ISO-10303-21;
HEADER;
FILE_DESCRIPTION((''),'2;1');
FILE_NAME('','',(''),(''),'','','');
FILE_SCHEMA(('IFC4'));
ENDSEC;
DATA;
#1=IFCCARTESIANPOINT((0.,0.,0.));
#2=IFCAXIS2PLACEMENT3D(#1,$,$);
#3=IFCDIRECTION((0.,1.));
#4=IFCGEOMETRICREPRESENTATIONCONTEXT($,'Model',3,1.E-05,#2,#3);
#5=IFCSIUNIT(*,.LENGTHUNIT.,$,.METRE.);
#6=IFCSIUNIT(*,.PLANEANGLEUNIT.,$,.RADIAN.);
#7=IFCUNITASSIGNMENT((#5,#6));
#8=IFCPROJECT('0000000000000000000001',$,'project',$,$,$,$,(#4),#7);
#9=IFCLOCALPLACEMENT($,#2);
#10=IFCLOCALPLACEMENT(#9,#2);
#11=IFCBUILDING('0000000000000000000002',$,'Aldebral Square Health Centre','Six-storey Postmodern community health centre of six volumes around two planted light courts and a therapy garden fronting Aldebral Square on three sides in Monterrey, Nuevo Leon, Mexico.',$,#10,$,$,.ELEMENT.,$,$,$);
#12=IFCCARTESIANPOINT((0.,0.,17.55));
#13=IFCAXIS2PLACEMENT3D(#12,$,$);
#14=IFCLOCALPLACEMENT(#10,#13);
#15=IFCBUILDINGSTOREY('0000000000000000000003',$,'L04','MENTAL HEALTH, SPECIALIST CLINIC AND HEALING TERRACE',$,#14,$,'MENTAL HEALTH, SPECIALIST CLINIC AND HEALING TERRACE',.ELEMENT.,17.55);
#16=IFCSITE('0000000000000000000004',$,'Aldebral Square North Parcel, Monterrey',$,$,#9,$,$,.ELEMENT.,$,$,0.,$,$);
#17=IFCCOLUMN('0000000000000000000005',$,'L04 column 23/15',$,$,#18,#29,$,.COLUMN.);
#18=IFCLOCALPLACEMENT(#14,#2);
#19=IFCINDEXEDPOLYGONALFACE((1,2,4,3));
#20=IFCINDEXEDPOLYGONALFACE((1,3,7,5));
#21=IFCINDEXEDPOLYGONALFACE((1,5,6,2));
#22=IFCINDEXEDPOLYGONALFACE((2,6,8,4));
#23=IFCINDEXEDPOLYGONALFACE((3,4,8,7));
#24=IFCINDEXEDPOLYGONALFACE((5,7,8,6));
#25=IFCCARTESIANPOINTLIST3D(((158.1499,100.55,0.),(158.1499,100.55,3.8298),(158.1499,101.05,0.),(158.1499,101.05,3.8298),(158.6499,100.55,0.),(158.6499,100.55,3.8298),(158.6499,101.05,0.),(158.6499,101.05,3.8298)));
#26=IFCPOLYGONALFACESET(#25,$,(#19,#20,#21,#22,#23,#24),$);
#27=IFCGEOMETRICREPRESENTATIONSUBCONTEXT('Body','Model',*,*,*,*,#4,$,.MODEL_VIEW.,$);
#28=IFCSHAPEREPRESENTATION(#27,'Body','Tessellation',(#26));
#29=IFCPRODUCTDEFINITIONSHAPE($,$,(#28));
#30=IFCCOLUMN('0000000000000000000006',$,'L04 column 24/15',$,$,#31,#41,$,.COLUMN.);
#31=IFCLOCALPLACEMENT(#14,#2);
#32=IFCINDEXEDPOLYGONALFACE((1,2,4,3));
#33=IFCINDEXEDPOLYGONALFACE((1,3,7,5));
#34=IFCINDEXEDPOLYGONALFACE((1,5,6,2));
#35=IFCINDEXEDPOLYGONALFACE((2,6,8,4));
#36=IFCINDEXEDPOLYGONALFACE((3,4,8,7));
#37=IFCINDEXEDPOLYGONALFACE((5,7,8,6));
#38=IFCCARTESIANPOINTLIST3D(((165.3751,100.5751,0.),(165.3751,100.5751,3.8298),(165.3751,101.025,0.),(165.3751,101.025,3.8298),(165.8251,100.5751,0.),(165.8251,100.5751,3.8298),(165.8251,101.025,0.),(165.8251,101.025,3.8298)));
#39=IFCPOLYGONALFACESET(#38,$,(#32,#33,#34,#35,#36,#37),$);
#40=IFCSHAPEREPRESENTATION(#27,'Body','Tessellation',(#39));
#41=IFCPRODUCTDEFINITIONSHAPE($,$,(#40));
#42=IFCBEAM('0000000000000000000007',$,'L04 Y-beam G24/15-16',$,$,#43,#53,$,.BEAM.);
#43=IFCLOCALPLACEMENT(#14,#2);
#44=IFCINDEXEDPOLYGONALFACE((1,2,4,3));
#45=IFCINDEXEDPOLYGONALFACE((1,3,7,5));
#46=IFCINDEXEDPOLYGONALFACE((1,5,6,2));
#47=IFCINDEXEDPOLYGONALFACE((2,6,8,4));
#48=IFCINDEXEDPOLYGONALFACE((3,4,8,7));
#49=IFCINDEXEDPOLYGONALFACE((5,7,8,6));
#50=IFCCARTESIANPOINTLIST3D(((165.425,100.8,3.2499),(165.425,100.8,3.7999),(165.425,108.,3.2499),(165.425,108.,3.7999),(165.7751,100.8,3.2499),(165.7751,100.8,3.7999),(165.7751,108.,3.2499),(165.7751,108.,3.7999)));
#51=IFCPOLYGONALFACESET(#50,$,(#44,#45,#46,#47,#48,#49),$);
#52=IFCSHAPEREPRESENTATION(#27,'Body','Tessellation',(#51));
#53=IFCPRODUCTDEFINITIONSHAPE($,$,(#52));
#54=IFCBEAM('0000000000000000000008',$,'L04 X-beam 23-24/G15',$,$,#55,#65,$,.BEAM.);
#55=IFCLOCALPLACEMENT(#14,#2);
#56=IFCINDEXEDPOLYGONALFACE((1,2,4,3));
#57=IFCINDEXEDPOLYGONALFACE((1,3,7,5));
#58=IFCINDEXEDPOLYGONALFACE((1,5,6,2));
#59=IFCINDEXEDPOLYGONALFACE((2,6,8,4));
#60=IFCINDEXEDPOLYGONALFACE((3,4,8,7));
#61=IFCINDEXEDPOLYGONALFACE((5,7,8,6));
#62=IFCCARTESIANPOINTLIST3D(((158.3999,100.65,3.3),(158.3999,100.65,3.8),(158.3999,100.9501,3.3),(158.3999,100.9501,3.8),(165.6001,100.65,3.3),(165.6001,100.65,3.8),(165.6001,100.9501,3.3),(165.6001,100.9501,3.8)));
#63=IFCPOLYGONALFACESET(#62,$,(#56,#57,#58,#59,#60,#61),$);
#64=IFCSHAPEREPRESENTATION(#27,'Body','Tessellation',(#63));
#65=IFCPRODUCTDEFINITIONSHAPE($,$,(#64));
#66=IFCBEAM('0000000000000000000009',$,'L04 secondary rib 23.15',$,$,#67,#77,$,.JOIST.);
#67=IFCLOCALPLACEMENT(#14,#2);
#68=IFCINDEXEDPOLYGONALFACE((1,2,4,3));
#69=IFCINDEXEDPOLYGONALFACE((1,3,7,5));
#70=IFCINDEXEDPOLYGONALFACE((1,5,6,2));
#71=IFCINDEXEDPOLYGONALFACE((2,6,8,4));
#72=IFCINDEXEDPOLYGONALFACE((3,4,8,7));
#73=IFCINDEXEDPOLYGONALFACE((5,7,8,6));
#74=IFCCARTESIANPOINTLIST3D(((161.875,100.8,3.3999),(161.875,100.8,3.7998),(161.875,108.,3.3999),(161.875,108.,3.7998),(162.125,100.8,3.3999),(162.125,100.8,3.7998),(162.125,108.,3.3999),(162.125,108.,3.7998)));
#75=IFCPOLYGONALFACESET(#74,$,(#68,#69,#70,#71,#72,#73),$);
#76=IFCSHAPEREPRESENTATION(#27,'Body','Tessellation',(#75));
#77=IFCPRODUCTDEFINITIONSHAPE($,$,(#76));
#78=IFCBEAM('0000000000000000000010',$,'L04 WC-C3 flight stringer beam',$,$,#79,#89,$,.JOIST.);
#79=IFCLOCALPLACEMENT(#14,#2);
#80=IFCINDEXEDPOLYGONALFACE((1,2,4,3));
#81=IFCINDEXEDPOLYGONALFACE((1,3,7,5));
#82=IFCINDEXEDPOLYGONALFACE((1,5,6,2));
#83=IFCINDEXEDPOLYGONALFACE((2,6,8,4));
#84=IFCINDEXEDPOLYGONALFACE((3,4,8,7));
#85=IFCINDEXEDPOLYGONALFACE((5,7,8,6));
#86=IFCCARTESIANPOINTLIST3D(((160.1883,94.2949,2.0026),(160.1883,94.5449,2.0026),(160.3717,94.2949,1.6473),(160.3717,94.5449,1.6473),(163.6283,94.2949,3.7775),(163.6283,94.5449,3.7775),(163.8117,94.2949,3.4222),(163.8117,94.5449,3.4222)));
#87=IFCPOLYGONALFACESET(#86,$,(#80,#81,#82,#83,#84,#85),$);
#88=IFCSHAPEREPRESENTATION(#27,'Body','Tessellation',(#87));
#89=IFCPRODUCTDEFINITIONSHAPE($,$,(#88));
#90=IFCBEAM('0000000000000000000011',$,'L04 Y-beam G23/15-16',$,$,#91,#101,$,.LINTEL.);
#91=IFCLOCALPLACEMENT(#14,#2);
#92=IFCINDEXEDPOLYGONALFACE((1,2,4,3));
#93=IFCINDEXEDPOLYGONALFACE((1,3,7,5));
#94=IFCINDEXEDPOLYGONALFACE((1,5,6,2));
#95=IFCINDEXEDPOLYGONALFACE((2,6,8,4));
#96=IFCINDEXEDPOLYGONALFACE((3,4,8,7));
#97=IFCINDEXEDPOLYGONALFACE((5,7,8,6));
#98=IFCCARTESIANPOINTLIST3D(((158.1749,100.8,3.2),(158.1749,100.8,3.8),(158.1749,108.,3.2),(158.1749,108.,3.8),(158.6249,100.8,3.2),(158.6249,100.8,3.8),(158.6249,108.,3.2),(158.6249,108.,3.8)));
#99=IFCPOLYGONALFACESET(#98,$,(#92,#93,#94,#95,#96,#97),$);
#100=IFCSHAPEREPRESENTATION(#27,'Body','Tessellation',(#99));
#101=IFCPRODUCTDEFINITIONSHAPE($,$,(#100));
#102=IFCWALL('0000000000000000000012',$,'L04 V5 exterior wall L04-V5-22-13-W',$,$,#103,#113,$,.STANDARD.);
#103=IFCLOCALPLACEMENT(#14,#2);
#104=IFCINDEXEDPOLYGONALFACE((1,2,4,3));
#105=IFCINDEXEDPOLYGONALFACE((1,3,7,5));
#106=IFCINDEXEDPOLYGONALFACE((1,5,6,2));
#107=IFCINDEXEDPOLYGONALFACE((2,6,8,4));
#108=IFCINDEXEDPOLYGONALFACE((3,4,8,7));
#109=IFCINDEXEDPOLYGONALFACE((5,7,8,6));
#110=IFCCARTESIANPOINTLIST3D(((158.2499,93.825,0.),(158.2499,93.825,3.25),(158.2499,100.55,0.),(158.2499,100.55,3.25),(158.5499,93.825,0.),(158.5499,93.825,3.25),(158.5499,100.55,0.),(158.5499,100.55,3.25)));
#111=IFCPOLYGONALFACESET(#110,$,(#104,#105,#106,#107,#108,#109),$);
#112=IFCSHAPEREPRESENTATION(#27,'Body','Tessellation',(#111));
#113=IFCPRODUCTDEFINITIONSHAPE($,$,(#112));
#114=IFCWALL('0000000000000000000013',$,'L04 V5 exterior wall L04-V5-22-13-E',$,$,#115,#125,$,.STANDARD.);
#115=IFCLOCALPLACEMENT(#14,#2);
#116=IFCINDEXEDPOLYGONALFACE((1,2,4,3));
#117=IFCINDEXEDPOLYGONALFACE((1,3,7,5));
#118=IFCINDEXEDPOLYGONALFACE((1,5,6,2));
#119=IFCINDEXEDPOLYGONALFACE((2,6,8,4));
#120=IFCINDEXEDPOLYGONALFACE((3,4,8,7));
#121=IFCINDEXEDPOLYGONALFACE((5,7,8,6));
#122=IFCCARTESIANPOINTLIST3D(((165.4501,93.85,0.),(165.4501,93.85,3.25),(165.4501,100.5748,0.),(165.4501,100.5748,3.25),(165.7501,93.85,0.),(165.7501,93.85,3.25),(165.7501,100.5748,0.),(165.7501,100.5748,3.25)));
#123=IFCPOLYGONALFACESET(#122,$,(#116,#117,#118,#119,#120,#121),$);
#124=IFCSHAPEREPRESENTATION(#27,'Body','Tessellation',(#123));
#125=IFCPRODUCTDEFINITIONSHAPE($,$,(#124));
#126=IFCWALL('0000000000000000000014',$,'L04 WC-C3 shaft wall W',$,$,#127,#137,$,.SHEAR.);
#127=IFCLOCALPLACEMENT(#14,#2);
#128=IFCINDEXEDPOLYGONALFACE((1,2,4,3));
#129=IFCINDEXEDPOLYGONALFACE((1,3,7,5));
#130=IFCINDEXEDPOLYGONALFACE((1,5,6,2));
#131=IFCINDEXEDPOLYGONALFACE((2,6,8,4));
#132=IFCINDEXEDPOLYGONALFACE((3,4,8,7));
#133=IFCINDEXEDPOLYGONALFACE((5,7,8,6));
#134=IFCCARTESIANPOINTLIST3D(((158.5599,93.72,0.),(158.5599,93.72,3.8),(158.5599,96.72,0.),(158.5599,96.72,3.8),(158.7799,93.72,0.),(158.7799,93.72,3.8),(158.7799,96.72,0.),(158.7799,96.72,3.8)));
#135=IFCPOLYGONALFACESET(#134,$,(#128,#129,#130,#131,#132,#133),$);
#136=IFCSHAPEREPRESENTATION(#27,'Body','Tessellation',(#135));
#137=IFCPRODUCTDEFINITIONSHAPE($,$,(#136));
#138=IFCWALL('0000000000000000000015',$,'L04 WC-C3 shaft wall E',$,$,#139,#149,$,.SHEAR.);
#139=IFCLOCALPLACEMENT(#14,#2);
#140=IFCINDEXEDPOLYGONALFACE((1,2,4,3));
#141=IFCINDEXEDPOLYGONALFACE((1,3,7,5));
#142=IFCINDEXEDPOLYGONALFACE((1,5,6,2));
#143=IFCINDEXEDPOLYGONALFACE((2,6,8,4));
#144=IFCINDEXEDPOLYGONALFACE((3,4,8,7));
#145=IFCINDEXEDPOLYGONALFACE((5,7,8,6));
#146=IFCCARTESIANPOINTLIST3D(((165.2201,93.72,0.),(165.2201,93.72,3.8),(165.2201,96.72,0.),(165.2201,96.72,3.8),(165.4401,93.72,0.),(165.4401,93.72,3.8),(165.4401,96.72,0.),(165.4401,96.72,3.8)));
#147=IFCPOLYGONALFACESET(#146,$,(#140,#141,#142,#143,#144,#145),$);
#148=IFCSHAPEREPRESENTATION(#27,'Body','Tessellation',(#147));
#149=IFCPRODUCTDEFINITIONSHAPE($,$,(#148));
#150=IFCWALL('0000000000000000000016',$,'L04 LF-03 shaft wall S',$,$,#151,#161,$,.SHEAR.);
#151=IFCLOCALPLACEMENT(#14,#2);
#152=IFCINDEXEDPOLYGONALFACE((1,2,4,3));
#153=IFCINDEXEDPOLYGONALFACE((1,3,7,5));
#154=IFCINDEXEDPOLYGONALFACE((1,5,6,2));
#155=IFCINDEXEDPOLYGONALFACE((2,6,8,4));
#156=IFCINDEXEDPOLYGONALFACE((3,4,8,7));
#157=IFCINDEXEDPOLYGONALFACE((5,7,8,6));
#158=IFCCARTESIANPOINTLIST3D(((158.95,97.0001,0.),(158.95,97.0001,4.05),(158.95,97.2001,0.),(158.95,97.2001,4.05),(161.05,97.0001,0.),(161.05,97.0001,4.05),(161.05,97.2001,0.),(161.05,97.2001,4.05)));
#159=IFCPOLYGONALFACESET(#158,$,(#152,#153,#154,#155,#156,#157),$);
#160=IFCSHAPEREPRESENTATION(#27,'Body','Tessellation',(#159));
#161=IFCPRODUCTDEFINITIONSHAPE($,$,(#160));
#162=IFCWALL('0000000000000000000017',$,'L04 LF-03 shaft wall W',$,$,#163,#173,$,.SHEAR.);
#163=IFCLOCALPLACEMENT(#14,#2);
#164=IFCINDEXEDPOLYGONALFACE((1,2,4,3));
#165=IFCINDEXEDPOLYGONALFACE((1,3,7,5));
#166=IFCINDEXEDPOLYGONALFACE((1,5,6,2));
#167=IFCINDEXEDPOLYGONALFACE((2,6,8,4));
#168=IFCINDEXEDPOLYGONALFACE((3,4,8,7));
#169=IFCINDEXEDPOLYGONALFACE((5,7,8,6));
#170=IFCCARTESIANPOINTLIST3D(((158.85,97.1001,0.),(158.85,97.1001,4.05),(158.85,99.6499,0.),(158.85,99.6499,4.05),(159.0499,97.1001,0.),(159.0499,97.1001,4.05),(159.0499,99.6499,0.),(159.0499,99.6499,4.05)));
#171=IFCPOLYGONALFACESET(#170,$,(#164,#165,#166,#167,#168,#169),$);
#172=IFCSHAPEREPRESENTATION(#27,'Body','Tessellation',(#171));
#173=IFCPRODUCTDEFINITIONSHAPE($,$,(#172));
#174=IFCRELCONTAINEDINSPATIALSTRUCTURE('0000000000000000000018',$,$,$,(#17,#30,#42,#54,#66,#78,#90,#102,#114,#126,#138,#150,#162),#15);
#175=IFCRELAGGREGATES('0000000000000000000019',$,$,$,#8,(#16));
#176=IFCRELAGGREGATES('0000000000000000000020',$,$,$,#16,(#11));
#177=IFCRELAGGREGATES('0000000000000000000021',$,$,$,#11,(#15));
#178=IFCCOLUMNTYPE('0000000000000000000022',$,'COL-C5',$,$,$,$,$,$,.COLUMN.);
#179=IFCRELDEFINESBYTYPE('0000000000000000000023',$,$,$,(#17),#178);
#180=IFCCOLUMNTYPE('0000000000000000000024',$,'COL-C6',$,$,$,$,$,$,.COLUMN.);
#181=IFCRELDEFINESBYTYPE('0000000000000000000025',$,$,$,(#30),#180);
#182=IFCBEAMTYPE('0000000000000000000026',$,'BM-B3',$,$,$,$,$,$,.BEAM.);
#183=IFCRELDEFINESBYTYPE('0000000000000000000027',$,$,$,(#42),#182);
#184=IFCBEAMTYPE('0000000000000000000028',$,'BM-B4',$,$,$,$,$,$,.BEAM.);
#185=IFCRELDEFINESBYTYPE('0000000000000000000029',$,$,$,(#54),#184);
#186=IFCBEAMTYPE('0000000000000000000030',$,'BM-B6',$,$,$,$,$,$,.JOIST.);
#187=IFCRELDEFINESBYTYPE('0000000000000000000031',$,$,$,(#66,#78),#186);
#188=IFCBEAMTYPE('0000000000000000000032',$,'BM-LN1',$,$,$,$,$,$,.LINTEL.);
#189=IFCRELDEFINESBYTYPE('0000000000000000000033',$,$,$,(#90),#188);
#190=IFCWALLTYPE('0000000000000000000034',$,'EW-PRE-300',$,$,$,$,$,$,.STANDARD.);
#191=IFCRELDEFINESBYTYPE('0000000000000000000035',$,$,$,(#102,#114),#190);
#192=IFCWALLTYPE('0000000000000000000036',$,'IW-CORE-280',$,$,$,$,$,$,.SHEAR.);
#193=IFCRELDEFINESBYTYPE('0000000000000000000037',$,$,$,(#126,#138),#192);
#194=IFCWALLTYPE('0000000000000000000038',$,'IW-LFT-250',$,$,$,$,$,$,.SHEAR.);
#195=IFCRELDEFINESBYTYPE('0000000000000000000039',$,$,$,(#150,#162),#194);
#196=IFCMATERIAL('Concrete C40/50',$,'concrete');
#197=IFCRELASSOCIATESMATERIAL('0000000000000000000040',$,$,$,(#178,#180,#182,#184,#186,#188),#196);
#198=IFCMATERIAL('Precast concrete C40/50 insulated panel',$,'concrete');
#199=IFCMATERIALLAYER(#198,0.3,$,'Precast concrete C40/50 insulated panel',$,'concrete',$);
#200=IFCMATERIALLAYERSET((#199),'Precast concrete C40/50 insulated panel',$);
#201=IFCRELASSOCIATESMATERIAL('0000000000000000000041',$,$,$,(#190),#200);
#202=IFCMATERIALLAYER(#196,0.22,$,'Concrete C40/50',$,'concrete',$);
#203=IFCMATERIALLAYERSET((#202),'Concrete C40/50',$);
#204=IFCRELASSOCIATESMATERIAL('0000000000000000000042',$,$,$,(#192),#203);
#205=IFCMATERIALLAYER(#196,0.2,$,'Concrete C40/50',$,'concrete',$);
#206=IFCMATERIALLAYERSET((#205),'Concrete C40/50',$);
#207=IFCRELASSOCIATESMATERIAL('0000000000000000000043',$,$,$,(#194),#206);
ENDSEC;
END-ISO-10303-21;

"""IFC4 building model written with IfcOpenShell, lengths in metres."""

from ifc_helpers import new_model, si_unit, direction, frame, frame_2d, origin, origin_2d, place, context, subcontext, project, spatial, rectangle, extrude, material, layer, layer_set, material_profile, profile_set, type_object, element, save


model = new_model("IFC4")

# Units and contexts
model_context = context("Model", 3, precision=1e-05, world=origin(), true_north=direction((0.0, 1.0)))
body_context = subcontext(model_context, "Body", "Model", "MODEL_VIEW")
ifc_project = project(units=[si_unit("LENGTHUNIT", "METRE"), si_unit("PLANEANGLEUNIT", "RADIAN")], contexts=[model_context])

# Site, building, storey
site_placement = place(None, origin())
site = spatial("IfcSite", under=ifc_project, at=site_placement, Name="Aldebral Square North Parcel, Monterrey", CompositionType="ELEMENT", RefElevation=0.0)
building_placement = place(site_placement, origin())
building = spatial("IfcBuilding", under=site, at=building_placement, Name="Aldebral Square Health Centre", Description="Six-storey Postmodern community health centre of six volumes around two planted light courts and a therapy garden fronting Aldebral Square on three sides in Monterrey, Nuevo Leon, Mexico.", CompositionType="ELEMENT")
storey_placement = place(building_placement, frame((0.0, 0.0, 17.55)))
storey = spatial("IfcBuildingStorey", under=building, at=storey_placement, Name="L04", Description="MENTAL HEALTH, SPECIALIST CLINIC AND HEALING TERRACE", LongName="MENTAL HEALTH, SPECIALIST CLINIC AND HEALING TERRACE", CompositionType="ELEMENT", Elevation=17.55)

# Columns
ifc_material_1 = material(Name="Concrete C40/50", Category="concrete")
ifc_material_profile_1 = material_profile(ifc_material_1, rectangle(XDim=0.5, YDim=0.5, at=origin_2d()), Name="RC 500x500")
ifc_profile_set_1 = profile_set([ifc_material_profile_1], Name="Concrete C40/50")
column_type_1 = type_object("IfcColumnType", Name="COL-C5", PredefinedType="COLUMN", material=ifc_profile_set_1)
column_1_placement = place(storey_placement, frame((158.3999, 100.8, 0.0), z_axis=(0.0, 0.0, 1.0), x_axis=(1.0, 0.0, 0.0)))
element("IfcColumn", 1, at=column_1_placement, inside=storey, type_object=column_type_1, Name="L04 column 23/15", PredefinedType="COLUMN", context=body_context, shape_type="SweptSolid", body=[
    extrude(rectangle(XDim=0.5, YDim=0.5, at=origin_2d()), origin(), (0.0, 0.0, 1.0), 3.8298),
])
ifc_material_profile_2 = material_profile(ifc_material_1, rectangle(XDim=0.45, YDim=0.45, at=origin_2d()), Name="RC 450x450")
ifc_profile_set_2 = profile_set([ifc_material_profile_2], Name="Concrete C40/50")
column_type_2 = type_object("IfcColumnType", Name="COL-C6", PredefinedType="COLUMN", material=ifc_profile_set_2)
column_2_placement = place(storey_placement, frame((165.6001, 100.8, 0.0), z_axis=(0.0, 0.0, 1.0), x_axis=(1.0, 0.0, 0.0)))
element("IfcColumn", 2, at=column_2_placement, inside=storey, type_object=column_type_2, Name="L04 column 24/15", PredefinedType="COLUMN", context=body_context, shape_type="SweptSolid", body=[
    extrude(rectangle(XDim=0.45, YDim=0.45, at=origin_2d()), origin(), (0.0, 0.0, 1.0), 3.8298),
])

# Beams
ifc_material_profile_3 = material_profile(ifc_material_1, rectangle(XDim=0.3501, YDim=0.55, at=origin_2d()), Name="RC 350x550")
ifc_profile_set_3 = profile_set([ifc_material_profile_3], Name="Concrete C40/50")
beam_type_1 = type_object("IfcBeamType", Name="BM-B3", PredefinedType="BEAM", material=ifc_profile_set_3)
beam_1_placement = place(storey_placement, frame((165.6001, 100.8, 3.5249), z_axis=(0.0, 1.0, 0.0), x_axis=(-1.0, 0.0, 0.0)))
element("IfcBeam", 3, at=beam_1_placement, inside=storey, type_object=beam_type_1, Name="L04 Y-beam G24/15-16", PredefinedType="BEAM", context=body_context, shape_type="SweptSolid", body=[
    extrude(rectangle(XDim=0.3501, YDim=0.55, at=origin_2d()), origin(), (0.0, 0.0, 1.0), 7.2),
])
ifc_material_profile_4 = material_profile(ifc_material_1, rectangle(XDim=0.3, YDim=0.5, at=origin_2d()), Name="RC 300x500")
ifc_profile_set_4 = profile_set([ifc_material_profile_4], Name="Concrete C40/50")
beam_type_2 = type_object("IfcBeamType", Name="BM-B4", PredefinedType="BEAM", material=ifc_profile_set_4)
beam_2_placement = place(storey_placement, frame((158.3999, 100.8, 3.55), z_axis=(1.0, 0.0, 0.0), x_axis=(0.0, 1.0, 0.0)))
element("IfcBeam", 4, at=beam_2_placement, inside=storey, type_object=beam_type_2, Name="L04 X-beam 23-24/G15", PredefinedType="BEAM", context=body_context, shape_type="SweptSolid", body=[
    extrude(rectangle(XDim=0.3, YDim=0.5, at=origin_2d()), origin(), (0.0, 0.0, 1.0), 7.2002),
])
ifc_material_profile_5 = material_profile(ifc_material_1, rectangle(XDim=0.25, YDim=0.3999, at=origin_2d()), Name="RC 250x400")
ifc_profile_set_5 = profile_set([ifc_material_profile_5], Name="Concrete C40/50")
beam_type_3 = type_object("IfcBeamType", Name="BM-B6", PredefinedType="JOIST", material=ifc_profile_set_5)
beam_3_placement = place(storey_placement, frame((162.0, 100.8, 3.5999), z_axis=(0.0, 1.0, 0.0), x_axis=(-1.0, 0.0, 0.0)))
element("IfcBeam", 5, at=beam_3_placement, inside=storey, type_object=beam_type_3, Name="L04 secondary rib 23.15", PredefinedType="JOIST", context=body_context, shape_type="SweptSolid", body=[
    extrude(rectangle(XDim=0.25, YDim=0.3999, at=origin_2d()), origin(), (0.0, 0.0, 1.0), 7.2),
])
beam_4_placement = place(storey_placement, frame((160.28, 94.4199, 1.825), z_axis=(0.888679, 0.0, 0.45853), x_axis=(0.0, 1.0, 0.0)))
element("IfcBeam", 6, at=beam_4_placement, inside=storey, type_object=beam_type_3, Name="L04 WC-C3 flight stringer beam", PredefinedType="JOIST", context=body_context, shape_type="SweptSolid", body=[
    extrude(rectangle(XDim=0.25, YDim=0.3999, at=origin_2d()), origin(), (0.0, 0.0, 1.0), 3.8708),
])
ifc_material_profile_6 = material_profile(ifc_material_1, rectangle(XDim=0.45, YDim=0.6001, at=origin_2d()), Name="RC 450x600")
ifc_profile_set_6 = profile_set([ifc_material_profile_6], Name="Concrete C40/50")
beam_type_4 = type_object("IfcBeamType", Name="BM-LN1", PredefinedType="LINTEL", material=ifc_profile_set_6)
beam_5_placement = place(storey_placement, frame((158.3999, 100.8, 3.5), z_axis=(0.0, 1.0, 0.0), x_axis=(-1.0, 0.0, 0.0)))
element("IfcBeam", 7, at=beam_5_placement, inside=storey, type_object=beam_type_4, Name="L04 Y-beam G23/15-16", PredefinedType="LINTEL", context=body_context, shape_type="SweptSolid", body=[
    extrude(rectangle(XDim=0.45, YDim=0.6001, at=origin_2d()), origin(), (0.0, 0.0, 1.0), 7.2),
])

# Walls
ifc_material_2 = material(Name="Precast concrete C40/50 insulated panel", Category="concrete")
ifc_layer_1 = layer(ifc_material_2, 0.3, Name="Precast concrete C40/50 insulated panel", Category="concrete")
ifc_layer_set_1 = layer_set([ifc_layer_1], Name="Precast concrete C40/50 insulated panel")
wall_type_1 = type_object("IfcWallType", Name="EW-PRE-300", PredefinedType="STANDARD", material=ifc_layer_set_1)
wall_1_placement = place(storey_placement, frame((158.3999, 100.55, 0.0), z_axis=(0.0, 0.0, 1.0), x_axis=(0.0, -1.0, 0.0)))
element("IfcWall", 8, at=wall_1_placement, inside=storey, type_object=wall_type_1, Name="L04 V5 exterior wall L04-V5-22-13-W", PredefinedType="STANDARD", context=body_context, shape_type="SweptSolid", body=[
    extrude(rectangle(XDim=6.7251, YDim=0.3, at=frame_2d((3.3625, 0.0))), origin(), (0.0, 0.0, 1.0), 3.25),
])
wall_2_placement = place(storey_placement, frame((165.6001, 93.8501, 0.0), z_axis=(0.0, 0.0, 1.0), x_axis=(0.0, 1.0, 0.0)))
element("IfcWall", 9, at=wall_2_placement, inside=storey, type_object=wall_type_1, Name="L04 V5 exterior wall L04-V5-22-13-E", PredefinedType="STANDARD", context=body_context, shape_type="SweptSolid", body=[
    extrude(rectangle(XDim=6.7249, YDim=0.3, at=frame_2d((3.3623, 0.0))), origin(), (0.0, 0.0, 1.0), 3.25),
])

# Shared definitions
ifc_layer_2 = layer(ifc_material_1, 0.22, Name="Concrete C40/50", Category="concrete")
ifc_layer_set_2 = layer_set([ifc_layer_2], Name="Concrete C40/50")
wall_type_2 = type_object("IfcWallType", Name="IW-CORE-280", PredefinedType="SHEAR", material=ifc_layer_set_2)

# Walls
for number, where, z_axis, x_axis, name in (
    (10, (158.6699, 93.72, 0.0), (0.0, 0.0, 1.0), (0.0, 1.0, 0.0), "L04 WC-C3 shaft wall W"),
    (11, (165.3301, 93.72, 0.0), (0.0, 0.0, 1.0), (0.0, 1.0, 0.0), "L04 WC-C3 shaft wall E"),
):
    element("IfcWall", number, at=place(storey_placement, frame(where, z_axis=z_axis, x_axis=x_axis)), inside=storey, type_object=wall_type_2, Name=name, PredefinedType="SHEAR", context=body_context, shape_type="SweptSolid", body=[
        extrude(rectangle(XDim=3.0, YDim=0.22, at=frame_2d((1.5, 0.0))), origin(), (0.0, 0.0, 1.0), 3.8),
    ])
ifc_layer_3 = layer(ifc_material_1, 0.2, Name="Concrete C40/50", Category="concrete")
ifc_layer_set_3 = layer_set([ifc_layer_3], Name="Concrete C40/50")
wall_type_3 = type_object("IfcWallType", Name="IW-LFT-250", PredefinedType="SHEAR", material=ifc_layer_set_3)
wall_3_placement = place(storey_placement, frame((158.95, 97.1001, 0.0), z_axis=(0.0, 0.0, 1.0), x_axis=(1.0, 0.0, 0.0)))
element("IfcWall", 12, at=wall_3_placement, inside=storey, type_object=wall_type_3, Name="L04 LF-03 shaft wall S", PredefinedType="SHEAR", context=body_context, shape_type="SweptSolid", body=[
    extrude(rectangle(XDim=2.1001, YDim=0.2, at=frame_2d((1.05, 0.0))), origin(), (0.0, 0.0, 1.0), 4.05),
])
wall_4_placement = place(storey_placement, frame((158.95, 97.1001, 0.0), z_axis=(0.0, 0.0, 1.0), x_axis=(0.0, 1.0, 0.0)))
element("IfcWall", 13, at=wall_4_placement, inside=storey, type_object=wall_type_3, Name="L04 LF-03 shaft wall W", PredefinedType="SHEAR", context=body_context, shape_type="SweptSolid", body=[
    extrude(rectangle(XDim=2.5498, YDim=0.2, at=frame_2d((1.2749, 0.0))), origin(), (0.0, 0.0, 1.0), 4.05),
])

save(model, "model.ifc")
